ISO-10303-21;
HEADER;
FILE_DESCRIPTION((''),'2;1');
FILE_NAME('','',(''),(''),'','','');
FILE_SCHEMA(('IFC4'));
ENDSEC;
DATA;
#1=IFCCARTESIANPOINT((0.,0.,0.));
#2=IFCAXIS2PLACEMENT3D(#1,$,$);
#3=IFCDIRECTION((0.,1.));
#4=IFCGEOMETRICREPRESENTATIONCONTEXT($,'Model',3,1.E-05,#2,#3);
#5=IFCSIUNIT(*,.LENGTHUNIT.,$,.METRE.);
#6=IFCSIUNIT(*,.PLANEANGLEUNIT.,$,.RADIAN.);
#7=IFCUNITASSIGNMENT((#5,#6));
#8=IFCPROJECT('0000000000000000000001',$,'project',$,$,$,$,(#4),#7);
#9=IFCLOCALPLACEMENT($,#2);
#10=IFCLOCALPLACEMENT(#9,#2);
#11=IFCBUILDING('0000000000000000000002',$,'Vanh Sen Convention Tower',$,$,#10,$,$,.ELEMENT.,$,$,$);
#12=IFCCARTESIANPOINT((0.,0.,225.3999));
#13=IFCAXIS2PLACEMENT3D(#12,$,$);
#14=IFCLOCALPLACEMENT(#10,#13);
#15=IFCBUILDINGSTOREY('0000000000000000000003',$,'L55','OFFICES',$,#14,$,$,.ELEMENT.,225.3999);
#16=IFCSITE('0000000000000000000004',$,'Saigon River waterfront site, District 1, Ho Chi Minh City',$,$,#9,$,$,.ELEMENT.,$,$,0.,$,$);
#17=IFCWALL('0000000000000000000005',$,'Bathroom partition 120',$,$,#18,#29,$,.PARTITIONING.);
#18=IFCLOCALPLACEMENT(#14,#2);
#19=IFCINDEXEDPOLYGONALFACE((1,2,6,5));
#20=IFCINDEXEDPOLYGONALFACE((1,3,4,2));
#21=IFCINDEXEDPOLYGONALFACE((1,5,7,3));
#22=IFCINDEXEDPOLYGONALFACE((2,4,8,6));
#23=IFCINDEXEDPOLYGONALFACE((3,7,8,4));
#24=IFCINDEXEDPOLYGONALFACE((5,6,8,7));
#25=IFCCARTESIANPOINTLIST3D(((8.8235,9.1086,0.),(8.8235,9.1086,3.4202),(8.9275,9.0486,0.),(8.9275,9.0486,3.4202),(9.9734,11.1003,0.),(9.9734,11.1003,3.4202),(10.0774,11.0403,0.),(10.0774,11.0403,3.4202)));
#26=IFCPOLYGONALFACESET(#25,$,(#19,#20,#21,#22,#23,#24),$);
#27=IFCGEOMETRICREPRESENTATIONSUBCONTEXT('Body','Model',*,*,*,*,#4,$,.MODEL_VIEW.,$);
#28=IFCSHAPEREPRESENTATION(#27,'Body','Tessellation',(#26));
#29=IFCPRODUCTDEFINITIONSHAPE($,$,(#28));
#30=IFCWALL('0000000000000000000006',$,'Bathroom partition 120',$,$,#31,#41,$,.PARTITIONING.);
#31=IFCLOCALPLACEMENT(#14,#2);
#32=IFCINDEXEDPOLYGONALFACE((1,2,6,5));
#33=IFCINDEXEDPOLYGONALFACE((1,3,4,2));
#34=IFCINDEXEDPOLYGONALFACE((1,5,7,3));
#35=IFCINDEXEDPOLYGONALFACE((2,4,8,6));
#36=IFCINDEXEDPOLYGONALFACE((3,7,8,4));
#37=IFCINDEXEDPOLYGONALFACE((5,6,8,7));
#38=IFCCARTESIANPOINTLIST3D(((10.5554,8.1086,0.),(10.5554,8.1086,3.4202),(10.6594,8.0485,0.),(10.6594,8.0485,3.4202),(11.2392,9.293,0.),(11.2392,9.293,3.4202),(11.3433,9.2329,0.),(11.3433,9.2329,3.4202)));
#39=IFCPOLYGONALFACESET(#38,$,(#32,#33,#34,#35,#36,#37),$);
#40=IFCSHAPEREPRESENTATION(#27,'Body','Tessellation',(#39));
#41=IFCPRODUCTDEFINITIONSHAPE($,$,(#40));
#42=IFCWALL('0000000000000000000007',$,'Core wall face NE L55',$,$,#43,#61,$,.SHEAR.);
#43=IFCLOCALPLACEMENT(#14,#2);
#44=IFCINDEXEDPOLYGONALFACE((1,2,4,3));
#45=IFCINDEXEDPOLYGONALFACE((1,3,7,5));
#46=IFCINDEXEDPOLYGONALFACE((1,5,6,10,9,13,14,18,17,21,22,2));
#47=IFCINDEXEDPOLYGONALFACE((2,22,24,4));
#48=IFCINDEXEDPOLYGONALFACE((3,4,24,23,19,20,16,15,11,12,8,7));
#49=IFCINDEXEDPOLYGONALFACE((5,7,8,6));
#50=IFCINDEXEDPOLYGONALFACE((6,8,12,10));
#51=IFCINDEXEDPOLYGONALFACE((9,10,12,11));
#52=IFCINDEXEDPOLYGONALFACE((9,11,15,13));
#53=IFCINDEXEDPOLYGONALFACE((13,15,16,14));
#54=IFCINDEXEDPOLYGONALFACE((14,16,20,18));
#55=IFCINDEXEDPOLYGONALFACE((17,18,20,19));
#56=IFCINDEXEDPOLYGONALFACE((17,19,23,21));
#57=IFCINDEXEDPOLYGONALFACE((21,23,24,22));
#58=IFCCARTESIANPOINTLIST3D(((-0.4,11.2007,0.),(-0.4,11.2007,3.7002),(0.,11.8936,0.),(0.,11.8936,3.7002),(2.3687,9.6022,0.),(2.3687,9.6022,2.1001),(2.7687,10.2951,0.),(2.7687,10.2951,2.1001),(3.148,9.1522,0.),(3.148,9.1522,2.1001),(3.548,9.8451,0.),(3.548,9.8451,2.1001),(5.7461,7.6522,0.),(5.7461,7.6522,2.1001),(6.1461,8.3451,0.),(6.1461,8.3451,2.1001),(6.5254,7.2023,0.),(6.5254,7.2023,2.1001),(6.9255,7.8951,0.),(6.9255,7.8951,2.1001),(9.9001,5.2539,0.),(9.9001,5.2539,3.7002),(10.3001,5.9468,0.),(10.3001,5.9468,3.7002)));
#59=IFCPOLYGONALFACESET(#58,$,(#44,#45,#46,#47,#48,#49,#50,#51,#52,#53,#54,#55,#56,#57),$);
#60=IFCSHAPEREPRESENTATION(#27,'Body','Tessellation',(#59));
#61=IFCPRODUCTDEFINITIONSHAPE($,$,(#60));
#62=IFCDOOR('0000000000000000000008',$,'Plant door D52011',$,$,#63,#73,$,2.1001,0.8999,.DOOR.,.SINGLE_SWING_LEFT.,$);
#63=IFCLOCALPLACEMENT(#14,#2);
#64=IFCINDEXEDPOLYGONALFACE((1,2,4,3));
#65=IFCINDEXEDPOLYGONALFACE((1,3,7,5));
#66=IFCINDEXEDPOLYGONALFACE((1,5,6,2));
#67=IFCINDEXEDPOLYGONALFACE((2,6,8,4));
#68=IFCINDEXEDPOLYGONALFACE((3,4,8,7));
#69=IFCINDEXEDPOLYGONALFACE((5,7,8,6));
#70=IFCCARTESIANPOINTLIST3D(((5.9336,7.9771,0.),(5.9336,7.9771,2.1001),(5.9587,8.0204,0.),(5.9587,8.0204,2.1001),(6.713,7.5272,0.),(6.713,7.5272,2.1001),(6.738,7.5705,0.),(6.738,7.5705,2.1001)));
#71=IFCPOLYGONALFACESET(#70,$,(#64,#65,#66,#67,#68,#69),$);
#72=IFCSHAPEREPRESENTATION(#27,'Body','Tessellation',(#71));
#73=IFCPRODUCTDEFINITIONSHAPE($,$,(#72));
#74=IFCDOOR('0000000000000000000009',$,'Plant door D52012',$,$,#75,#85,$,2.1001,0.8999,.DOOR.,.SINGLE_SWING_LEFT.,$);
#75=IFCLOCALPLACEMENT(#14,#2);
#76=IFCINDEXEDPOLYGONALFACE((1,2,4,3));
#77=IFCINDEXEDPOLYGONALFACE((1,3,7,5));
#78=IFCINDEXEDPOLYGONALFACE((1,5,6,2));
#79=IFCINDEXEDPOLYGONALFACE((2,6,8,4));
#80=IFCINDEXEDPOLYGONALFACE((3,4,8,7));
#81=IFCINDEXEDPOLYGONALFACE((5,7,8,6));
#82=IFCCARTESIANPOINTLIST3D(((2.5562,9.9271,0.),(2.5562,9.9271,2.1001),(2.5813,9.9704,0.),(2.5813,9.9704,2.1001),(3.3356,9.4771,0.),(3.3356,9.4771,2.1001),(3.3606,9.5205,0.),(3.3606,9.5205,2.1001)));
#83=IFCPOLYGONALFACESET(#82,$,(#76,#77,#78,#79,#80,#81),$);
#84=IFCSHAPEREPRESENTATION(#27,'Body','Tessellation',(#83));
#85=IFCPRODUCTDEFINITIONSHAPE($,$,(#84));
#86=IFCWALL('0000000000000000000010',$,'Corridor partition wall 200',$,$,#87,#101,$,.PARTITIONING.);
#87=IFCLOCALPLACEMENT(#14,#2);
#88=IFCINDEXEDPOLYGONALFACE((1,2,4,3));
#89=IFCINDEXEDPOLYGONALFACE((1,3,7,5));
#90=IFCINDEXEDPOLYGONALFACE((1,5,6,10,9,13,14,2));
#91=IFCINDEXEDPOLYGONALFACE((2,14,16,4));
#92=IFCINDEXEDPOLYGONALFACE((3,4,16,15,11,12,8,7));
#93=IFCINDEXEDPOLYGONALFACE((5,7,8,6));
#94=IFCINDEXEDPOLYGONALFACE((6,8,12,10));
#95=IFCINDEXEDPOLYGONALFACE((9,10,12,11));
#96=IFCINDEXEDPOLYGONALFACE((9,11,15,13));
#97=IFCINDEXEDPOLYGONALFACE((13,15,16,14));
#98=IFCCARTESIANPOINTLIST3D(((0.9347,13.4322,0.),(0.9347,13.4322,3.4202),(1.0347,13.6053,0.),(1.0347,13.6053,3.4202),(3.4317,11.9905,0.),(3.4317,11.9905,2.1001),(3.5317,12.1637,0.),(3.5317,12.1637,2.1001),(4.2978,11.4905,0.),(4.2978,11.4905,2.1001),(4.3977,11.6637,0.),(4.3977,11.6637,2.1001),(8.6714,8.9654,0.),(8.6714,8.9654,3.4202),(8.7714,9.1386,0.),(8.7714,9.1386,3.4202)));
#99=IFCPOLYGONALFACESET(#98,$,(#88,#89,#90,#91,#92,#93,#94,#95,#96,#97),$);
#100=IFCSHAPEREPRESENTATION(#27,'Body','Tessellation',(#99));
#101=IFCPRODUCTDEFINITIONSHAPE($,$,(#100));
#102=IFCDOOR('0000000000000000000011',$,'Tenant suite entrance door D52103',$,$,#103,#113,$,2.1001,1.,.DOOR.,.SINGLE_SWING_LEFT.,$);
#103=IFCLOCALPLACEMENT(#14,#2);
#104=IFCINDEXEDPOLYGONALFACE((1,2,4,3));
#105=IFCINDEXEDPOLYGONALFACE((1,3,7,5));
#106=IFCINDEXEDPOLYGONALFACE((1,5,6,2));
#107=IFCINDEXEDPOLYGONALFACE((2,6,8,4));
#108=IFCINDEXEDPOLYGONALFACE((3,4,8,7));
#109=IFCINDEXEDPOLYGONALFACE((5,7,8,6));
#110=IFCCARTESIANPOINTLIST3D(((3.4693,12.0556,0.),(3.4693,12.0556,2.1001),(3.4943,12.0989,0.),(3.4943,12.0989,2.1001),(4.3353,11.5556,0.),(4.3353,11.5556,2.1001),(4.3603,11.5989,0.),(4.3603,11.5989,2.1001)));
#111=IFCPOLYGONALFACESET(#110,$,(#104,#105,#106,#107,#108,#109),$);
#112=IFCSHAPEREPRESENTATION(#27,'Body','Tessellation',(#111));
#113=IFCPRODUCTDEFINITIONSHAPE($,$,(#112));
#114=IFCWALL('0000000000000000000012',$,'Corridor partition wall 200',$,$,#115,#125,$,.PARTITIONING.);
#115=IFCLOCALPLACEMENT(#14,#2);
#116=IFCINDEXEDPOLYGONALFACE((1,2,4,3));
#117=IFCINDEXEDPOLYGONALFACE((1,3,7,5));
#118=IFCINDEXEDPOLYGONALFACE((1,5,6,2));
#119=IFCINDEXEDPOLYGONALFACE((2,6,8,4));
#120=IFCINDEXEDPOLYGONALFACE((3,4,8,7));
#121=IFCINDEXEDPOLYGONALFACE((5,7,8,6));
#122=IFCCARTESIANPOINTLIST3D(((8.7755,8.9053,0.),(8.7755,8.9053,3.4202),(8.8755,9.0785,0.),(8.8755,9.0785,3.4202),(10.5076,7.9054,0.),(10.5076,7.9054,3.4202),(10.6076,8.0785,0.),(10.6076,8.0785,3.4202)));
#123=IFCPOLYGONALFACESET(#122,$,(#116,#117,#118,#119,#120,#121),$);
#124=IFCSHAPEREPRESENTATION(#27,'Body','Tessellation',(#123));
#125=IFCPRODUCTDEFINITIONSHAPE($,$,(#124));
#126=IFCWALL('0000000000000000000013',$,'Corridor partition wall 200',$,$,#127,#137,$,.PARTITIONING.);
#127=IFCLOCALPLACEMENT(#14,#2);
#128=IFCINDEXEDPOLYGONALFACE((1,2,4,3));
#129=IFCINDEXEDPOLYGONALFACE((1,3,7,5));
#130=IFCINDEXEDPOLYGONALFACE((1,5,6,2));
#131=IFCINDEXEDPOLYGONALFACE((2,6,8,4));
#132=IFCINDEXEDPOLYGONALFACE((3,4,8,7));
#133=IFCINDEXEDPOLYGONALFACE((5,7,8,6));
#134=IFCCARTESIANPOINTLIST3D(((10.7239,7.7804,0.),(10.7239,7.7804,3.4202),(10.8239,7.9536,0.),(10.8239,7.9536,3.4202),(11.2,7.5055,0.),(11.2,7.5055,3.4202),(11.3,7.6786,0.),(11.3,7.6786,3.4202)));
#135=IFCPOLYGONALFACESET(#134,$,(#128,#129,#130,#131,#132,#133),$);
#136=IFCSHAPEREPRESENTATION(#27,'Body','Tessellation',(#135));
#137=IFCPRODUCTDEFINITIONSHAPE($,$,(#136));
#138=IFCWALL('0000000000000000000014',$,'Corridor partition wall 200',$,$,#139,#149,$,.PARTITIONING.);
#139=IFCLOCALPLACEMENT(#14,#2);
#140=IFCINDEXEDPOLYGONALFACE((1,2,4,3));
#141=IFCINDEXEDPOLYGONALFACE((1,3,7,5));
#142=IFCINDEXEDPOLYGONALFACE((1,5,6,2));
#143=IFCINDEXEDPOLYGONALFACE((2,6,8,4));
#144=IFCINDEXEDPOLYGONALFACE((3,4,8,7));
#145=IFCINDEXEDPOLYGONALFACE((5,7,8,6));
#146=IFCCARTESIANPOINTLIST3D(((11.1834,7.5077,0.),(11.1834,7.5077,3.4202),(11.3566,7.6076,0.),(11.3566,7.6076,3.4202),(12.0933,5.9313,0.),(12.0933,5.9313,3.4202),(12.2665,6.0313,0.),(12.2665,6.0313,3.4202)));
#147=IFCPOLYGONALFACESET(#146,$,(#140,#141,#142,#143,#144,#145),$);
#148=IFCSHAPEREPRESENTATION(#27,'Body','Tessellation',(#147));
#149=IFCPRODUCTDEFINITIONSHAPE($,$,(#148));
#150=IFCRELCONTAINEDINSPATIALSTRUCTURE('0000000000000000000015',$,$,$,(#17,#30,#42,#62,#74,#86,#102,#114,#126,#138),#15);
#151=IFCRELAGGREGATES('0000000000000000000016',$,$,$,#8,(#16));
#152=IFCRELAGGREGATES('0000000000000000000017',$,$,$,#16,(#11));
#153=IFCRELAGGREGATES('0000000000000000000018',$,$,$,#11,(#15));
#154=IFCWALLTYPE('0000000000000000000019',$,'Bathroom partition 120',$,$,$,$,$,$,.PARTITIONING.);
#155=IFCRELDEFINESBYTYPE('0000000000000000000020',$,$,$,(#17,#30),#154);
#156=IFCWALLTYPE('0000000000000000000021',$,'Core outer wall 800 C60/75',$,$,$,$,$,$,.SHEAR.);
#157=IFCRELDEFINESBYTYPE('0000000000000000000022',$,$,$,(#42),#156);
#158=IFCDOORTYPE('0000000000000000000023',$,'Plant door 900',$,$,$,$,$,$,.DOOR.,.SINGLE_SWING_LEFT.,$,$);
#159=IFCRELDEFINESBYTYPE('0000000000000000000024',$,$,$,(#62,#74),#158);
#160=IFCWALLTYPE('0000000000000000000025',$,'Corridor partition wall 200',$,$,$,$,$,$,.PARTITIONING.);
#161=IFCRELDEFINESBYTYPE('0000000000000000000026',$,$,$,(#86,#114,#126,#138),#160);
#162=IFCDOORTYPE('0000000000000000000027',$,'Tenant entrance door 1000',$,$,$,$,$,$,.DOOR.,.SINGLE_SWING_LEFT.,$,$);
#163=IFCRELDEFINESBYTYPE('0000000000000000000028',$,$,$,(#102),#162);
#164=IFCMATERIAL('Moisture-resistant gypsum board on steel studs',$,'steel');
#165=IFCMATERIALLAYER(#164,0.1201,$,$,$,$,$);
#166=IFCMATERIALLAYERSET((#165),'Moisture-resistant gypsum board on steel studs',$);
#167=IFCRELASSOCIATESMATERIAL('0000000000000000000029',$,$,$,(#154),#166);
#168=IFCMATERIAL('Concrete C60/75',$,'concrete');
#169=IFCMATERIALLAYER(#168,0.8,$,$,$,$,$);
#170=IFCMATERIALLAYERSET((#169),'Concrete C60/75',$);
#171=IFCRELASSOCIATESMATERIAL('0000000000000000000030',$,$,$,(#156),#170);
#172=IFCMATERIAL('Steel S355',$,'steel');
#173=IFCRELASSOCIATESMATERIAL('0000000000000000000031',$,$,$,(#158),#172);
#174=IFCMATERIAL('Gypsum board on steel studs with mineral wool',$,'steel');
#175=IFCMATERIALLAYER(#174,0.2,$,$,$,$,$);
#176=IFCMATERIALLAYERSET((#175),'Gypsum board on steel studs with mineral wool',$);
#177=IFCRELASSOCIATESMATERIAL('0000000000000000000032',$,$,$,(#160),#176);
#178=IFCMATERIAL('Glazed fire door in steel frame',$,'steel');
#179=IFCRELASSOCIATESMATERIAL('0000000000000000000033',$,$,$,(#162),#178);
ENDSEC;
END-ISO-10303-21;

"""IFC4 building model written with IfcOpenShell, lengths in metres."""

from ifc_helpers import new_model, si_unit, direction, frame, frame_2d, origin, place, context, subcontext, project, spatial, rectangle, extrude, material, layer, layer_set, type_object, element, fill, save


model = new_model("IFC4")

# Units and contexts
model_context = context("Model", 3, precision=1e-05, world=origin(), true_north=direction((0.0, 1.0)))
body_context = subcontext(model_context, "Body", "Model", "MODEL_VIEW")
ifc_project = project(units=[si_unit("LENGTHUNIT", "METRE"), si_unit("PLANEANGLEUNIT", "RADIAN")], contexts=[model_context])

# Site, building, storey
site_placement = place(None, origin())
site = spatial("IfcSite", under=ifc_project, at=site_placement, Name="Saigon River waterfront site, District 1, Ho Chi Minh City", CompositionType="ELEMENT", RefElevation=0.0)
building_placement = place(site_placement, origin())
building = spatial("IfcBuilding", under=site, at=building_placement, Name="Vanh Sen Convention Tower", CompositionType="ELEMENT")
storey_placement = place(building_placement, frame((0.0, 0.0, 225.3999)))
storey = spatial("IfcBuildingStorey", under=building, at=storey_placement, Name="L55", Description="OFFICES", CompositionType="ELEMENT", Elevation=225.3999)

# Walls
ifc_material_1 = material(Name="Moisture-resistant gypsum board on steel studs", Category="steel")
ifc_layer_1 = layer(ifc_material_1, 0.1201)
ifc_layer_set_1 = layer_set([ifc_layer_1], Name="Moisture-resistant gypsum board on steel studs")
wall_type_1 = type_object("IfcWallType", Name="Bathroom partition 120", PredefinedType="PARTITIONING", material=ifc_layer_set_1)
wall_1_placement = place(storey_placement, frame((8.8755, 9.0786, 0.0), z_axis=(0.0, 0.0, 1.0), x_axis=(0.499998, 0.866026, 0.0)))
element("IfcWall", 1, at=wall_1_placement, inside=storey, type_object=wall_type_1, Name="Bathroom partition 120", PredefinedType="PARTITIONING", context=body_context, shape_type="SweptSolid", body=[
    extrude(rectangle(XDim=2.2998, YDim=0.1201, at=frame_2d((1.1499, 0.0))), origin(), (0.0, 0.0, 1.0), 3.4202),
])
wall_2_placement = place(storey_placement, frame((11.2913, 9.2629, 0.0), z_axis=(0.0, 0.0, 1.0), x_axis=(-0.500037, -0.866004, 0.0)))
element("IfcWall", 2, at=wall_2_placement, inside=storey, type_object=wall_type_1, Name="Bathroom partition 120", PredefinedType="PARTITIONING", context=body_context, shape_type="SweptSolid", body=[
    extrude(rectangle(XDim=1.3677, YDim=0.1201, at=frame_2d((0.6838, 0.0))), origin(), (0.0, 0.0, 1.0), 3.4202),
])

# Wall, openings, doors
ifc_material_2 = material(Name="Concrete C60/75", Category="concrete")
ifc_layer_2 = layer(ifc_material_2, 0.8)
ifc_layer_set_2 = layer_set([ifc_layer_2], Name="Concrete C60/75")
wall_type_2 = type_object("IfcWallType", Name="Core outer wall 800 C60/75", PredefinedType="SHEAR", material=ifc_layer_set_2)
wall_3_placement = place(storey_placement, frame((10.1001, 5.6003, 0.0), z_axis=(0.0, 0.0, 1.0), x_axis=(-0.866024, 0.500003, 0.0)))
wall_3 = element("IfcWall", 3, at=wall_3_placement, inside=storey, type_object=wall_type_2, Name="Core wall face NE L55", PredefinedType="SHEAR", context=body_context, shape_type="SweptSolid", body=[
    extrude(rectangle(XDim=11.8936, YDim=0.8, at=frame_2d((5.9468, 0.0))), origin(), (0.0, 0.0, 1.0), 3.7002),
])
opening_1_placement = place(wall_3_placement, frame((3.8967, 0.0, 0.0)))
opening_1 = element("IfcOpeningElement", 4, at=opening_1_placement, cuts=wall_3, PredefinedType="OPENING", context=body_context, shape_type="SweptSolid", body=[
    extrude(rectangle(XDim=0.8999, YDim=2.1001, at=frame_2d((0.45, 1.05))), frame((0.0, 0.4099, 0.0), z_axis=(0.0, -1.0, 0.0), x_axis=(1.0, 0.0, 0.0)), (0.0, 0.0, 1.0), 0.8201),
])
opening_2_placement = place(wall_3_placement, frame((7.7966, 0.0, 0.0)))
opening_2 = element("IfcOpeningElement", 5, at=opening_2_placement, cuts=wall_3, PredefinedType="OPENING", context=body_context, shape_type="SweptSolid", body=[
    extrude(rectangle(XDim=0.8999, YDim=2.1001, at=frame_2d((0.45, 1.05))), frame((0.0, 0.4099, 0.0), z_axis=(0.0, -1.0, 0.0), x_axis=(1.0, 0.0, 0.0)), (0.0, 0.0, 1.0), 0.8201),
])
ifc_material_3 = material(Name="Steel S355", Category="steel")
door_type_1 = type_object("IfcDoorType", Name="Plant door 900", OperationType="SINGLE_SWING_LEFT", PredefinedType="DOOR", material=ifc_material_3)
door_1_placement = place(opening_1_placement, origin())
door_1 = element("IfcDoor", 6, at=door_1_placement, inside=storey, type_object=door_type_1, Name="Plant door D52011", OperationType="SINGLE_SWING_LEFT", OverallHeight=2.1001, OverallWidth=0.8999, PredefinedType="DOOR", context=body_context, shape_type="SweptSolid", body=[
    extrude(rectangle(XDim=0.8999, YDim=2.1001, at=frame_2d((0.45, 1.05))), frame((0.0, 0.0249, 0.0), z_axis=(0.0, -1.0, 0.0), x_axis=(1.0, 0.0, 0.0)), (0.0, 0.0, 1.0), 0.05),
])
fill(opening_1, door_1)
door_2_placement = place(opening_2_placement, origin())
door_2 = element("IfcDoor", 7, at=door_2_placement, inside=storey, type_object=door_type_1, Name="Plant door D52012", OperationType="SINGLE_SWING_LEFT", OverallHeight=2.1001, OverallWidth=0.8999, PredefinedType="DOOR", context=body_context, shape_type="SweptSolid", body=[
    extrude(rectangle(XDim=0.8999, YDim=2.1001, at=frame_2d((0.45, 1.05))), frame((0.0, 0.0249, 0.0), z_axis=(0.0, -1.0, 0.0), x_axis=(1.0, 0.0, 0.0)), (0.0, 0.0, 1.0), 0.05),
])
fill(opening_2, door_2)

# Wall, opening, door
ifc_material_4 = material(Name="Gypsum board on steel studs with mineral wool", Category="steel")
ifc_layer_3 = layer(ifc_material_4, 0.2)
ifc_layer_set_3 = layer_set([ifc_layer_3], Name="Gypsum board on steel studs with mineral wool")
wall_type_3 = type_object("IfcWallType", Name="Corridor partition wall 200", PredefinedType="PARTITIONING", material=ifc_layer_set_3)
wall_4_placement = place(storey_placement, frame((8.7214, 9.052, 0.0), z_axis=(0.0, 0.0, 1.0), x_axis=(-0.866028, 0.499995, 0.0)))
wall_4 = element("IfcWall", 8, at=wall_4_placement, inside=storey, type_object=wall_type_3, Name="Corridor partition wall 200", PredefinedType="PARTITIONING", context=body_context, shape_type="SweptSolid", body=[
    extrude(rectangle(XDim=8.9336, YDim=0.2, at=frame_2d((4.4668, 0.0))), origin(), (0.0, 0.0, 1.0), 3.4202),
])
opening_3_placement = place(wall_4_placement, frame((5.0503, 0.0, 0.0)))
opening_3 = element("IfcOpeningElement", 9, at=opening_3_placement, cuts=wall_4, PredefinedType="OPENING", context=body_context, shape_type="SweptSolid", body=[
    extrude(rectangle(XDim=1.0, YDim=2.1001, at=frame_2d((0.5, 1.05))), frame((0.0, 0.1099, 0.0), z_axis=(0.0, -1.0, 0.0), x_axis=(1.0, 0.0, 0.0)), (0.0, 0.0, 1.0), 0.22),
])
ifc_material_5 = material(Name="Glazed fire door in steel frame", Category="steel")
door_type_2 = type_object("IfcDoorType", Name="Tenant entrance door 1000", OperationType="SINGLE_SWING_LEFT", PredefinedType="DOOR", material=ifc_material_5)
door_3_placement = place(opening_3_placement, origin())
door_3 = element("IfcDoor", 10, at=door_3_placement, inside=storey, type_object=door_type_2, Name="Tenant suite entrance door D52103", OperationType="SINGLE_SWING_LEFT", OverallHeight=2.1001, OverallWidth=1.0, PredefinedType="DOOR", context=body_context, shape_type="SweptSolid", body=[
    extrude(rectangle(XDim=1.0, YDim=2.1001, at=frame_2d((0.5, 1.05))), frame((0.0, 0.0249, 0.0), z_axis=(0.0, -1.0, 0.0), x_axis=(1.0, 0.0, 0.0)), (0.0, 0.0, 1.0), 0.05),
])
fill(opening_3, door_3)

# Walls
wall_5_placement = place(storey_placement, frame((10.5576, 7.9919, 0.0), z_axis=(0.0, 0.0, 1.0), x_axis=(-0.866041, 0.499973, 0.0)))
element("IfcWall", 11, at=wall_5_placement, inside=storey, type_object=wall_type_3, Name="Corridor partition wall 200", PredefinedType="PARTITIONING", context=body_context, shape_type="SweptSolid", body=[
    extrude(rectangle(XDim=2.0, YDim=0.2, at=frame_2d((1.0, 0.0))), origin(), (0.0, 0.0, 1.0), 3.4202),
])
wall_6_placement = place(storey_placement, frame((11.25, 7.592, 0.0), z_axis=(0.0, 0.0, 1.0), x_axis=(-0.865993, 0.500056, 0.0)))
element("IfcWall", 12, at=wall_6_placement, inside=storey, type_object=wall_type_3, Name="Corridor partition wall 200", PredefinedType="PARTITIONING", context=body_context, shape_type="SweptSolid", body=[
    extrude(rectangle(XDim=0.5498, YDim=0.2, at=frame_2d((0.2749, 0.0))), origin(), (0.0, 0.0, 1.0), 3.4202),
])
wall_7_placement = place(storey_placement, frame((12.1799, 5.9812, 0.0), z_axis=(0.0, 0.0, 1.0), x_axis=(-0.499904, 0.866081, 0.0)))
element("IfcWall", 13, at=wall_7_placement, inside=storey, type_object=wall_type_3, Name="Corridor partition wall 200", PredefinedType="PARTITIONING", context=body_context, shape_type="SweptSolid", body=[
    extrude(rectangle(XDim=1.8201, YDim=0.2, at=frame_2d((0.9102, 0.0))), origin(), (0.0, 0.0, 1.0), 3.4202),
])

save(model, "model.ifc")
